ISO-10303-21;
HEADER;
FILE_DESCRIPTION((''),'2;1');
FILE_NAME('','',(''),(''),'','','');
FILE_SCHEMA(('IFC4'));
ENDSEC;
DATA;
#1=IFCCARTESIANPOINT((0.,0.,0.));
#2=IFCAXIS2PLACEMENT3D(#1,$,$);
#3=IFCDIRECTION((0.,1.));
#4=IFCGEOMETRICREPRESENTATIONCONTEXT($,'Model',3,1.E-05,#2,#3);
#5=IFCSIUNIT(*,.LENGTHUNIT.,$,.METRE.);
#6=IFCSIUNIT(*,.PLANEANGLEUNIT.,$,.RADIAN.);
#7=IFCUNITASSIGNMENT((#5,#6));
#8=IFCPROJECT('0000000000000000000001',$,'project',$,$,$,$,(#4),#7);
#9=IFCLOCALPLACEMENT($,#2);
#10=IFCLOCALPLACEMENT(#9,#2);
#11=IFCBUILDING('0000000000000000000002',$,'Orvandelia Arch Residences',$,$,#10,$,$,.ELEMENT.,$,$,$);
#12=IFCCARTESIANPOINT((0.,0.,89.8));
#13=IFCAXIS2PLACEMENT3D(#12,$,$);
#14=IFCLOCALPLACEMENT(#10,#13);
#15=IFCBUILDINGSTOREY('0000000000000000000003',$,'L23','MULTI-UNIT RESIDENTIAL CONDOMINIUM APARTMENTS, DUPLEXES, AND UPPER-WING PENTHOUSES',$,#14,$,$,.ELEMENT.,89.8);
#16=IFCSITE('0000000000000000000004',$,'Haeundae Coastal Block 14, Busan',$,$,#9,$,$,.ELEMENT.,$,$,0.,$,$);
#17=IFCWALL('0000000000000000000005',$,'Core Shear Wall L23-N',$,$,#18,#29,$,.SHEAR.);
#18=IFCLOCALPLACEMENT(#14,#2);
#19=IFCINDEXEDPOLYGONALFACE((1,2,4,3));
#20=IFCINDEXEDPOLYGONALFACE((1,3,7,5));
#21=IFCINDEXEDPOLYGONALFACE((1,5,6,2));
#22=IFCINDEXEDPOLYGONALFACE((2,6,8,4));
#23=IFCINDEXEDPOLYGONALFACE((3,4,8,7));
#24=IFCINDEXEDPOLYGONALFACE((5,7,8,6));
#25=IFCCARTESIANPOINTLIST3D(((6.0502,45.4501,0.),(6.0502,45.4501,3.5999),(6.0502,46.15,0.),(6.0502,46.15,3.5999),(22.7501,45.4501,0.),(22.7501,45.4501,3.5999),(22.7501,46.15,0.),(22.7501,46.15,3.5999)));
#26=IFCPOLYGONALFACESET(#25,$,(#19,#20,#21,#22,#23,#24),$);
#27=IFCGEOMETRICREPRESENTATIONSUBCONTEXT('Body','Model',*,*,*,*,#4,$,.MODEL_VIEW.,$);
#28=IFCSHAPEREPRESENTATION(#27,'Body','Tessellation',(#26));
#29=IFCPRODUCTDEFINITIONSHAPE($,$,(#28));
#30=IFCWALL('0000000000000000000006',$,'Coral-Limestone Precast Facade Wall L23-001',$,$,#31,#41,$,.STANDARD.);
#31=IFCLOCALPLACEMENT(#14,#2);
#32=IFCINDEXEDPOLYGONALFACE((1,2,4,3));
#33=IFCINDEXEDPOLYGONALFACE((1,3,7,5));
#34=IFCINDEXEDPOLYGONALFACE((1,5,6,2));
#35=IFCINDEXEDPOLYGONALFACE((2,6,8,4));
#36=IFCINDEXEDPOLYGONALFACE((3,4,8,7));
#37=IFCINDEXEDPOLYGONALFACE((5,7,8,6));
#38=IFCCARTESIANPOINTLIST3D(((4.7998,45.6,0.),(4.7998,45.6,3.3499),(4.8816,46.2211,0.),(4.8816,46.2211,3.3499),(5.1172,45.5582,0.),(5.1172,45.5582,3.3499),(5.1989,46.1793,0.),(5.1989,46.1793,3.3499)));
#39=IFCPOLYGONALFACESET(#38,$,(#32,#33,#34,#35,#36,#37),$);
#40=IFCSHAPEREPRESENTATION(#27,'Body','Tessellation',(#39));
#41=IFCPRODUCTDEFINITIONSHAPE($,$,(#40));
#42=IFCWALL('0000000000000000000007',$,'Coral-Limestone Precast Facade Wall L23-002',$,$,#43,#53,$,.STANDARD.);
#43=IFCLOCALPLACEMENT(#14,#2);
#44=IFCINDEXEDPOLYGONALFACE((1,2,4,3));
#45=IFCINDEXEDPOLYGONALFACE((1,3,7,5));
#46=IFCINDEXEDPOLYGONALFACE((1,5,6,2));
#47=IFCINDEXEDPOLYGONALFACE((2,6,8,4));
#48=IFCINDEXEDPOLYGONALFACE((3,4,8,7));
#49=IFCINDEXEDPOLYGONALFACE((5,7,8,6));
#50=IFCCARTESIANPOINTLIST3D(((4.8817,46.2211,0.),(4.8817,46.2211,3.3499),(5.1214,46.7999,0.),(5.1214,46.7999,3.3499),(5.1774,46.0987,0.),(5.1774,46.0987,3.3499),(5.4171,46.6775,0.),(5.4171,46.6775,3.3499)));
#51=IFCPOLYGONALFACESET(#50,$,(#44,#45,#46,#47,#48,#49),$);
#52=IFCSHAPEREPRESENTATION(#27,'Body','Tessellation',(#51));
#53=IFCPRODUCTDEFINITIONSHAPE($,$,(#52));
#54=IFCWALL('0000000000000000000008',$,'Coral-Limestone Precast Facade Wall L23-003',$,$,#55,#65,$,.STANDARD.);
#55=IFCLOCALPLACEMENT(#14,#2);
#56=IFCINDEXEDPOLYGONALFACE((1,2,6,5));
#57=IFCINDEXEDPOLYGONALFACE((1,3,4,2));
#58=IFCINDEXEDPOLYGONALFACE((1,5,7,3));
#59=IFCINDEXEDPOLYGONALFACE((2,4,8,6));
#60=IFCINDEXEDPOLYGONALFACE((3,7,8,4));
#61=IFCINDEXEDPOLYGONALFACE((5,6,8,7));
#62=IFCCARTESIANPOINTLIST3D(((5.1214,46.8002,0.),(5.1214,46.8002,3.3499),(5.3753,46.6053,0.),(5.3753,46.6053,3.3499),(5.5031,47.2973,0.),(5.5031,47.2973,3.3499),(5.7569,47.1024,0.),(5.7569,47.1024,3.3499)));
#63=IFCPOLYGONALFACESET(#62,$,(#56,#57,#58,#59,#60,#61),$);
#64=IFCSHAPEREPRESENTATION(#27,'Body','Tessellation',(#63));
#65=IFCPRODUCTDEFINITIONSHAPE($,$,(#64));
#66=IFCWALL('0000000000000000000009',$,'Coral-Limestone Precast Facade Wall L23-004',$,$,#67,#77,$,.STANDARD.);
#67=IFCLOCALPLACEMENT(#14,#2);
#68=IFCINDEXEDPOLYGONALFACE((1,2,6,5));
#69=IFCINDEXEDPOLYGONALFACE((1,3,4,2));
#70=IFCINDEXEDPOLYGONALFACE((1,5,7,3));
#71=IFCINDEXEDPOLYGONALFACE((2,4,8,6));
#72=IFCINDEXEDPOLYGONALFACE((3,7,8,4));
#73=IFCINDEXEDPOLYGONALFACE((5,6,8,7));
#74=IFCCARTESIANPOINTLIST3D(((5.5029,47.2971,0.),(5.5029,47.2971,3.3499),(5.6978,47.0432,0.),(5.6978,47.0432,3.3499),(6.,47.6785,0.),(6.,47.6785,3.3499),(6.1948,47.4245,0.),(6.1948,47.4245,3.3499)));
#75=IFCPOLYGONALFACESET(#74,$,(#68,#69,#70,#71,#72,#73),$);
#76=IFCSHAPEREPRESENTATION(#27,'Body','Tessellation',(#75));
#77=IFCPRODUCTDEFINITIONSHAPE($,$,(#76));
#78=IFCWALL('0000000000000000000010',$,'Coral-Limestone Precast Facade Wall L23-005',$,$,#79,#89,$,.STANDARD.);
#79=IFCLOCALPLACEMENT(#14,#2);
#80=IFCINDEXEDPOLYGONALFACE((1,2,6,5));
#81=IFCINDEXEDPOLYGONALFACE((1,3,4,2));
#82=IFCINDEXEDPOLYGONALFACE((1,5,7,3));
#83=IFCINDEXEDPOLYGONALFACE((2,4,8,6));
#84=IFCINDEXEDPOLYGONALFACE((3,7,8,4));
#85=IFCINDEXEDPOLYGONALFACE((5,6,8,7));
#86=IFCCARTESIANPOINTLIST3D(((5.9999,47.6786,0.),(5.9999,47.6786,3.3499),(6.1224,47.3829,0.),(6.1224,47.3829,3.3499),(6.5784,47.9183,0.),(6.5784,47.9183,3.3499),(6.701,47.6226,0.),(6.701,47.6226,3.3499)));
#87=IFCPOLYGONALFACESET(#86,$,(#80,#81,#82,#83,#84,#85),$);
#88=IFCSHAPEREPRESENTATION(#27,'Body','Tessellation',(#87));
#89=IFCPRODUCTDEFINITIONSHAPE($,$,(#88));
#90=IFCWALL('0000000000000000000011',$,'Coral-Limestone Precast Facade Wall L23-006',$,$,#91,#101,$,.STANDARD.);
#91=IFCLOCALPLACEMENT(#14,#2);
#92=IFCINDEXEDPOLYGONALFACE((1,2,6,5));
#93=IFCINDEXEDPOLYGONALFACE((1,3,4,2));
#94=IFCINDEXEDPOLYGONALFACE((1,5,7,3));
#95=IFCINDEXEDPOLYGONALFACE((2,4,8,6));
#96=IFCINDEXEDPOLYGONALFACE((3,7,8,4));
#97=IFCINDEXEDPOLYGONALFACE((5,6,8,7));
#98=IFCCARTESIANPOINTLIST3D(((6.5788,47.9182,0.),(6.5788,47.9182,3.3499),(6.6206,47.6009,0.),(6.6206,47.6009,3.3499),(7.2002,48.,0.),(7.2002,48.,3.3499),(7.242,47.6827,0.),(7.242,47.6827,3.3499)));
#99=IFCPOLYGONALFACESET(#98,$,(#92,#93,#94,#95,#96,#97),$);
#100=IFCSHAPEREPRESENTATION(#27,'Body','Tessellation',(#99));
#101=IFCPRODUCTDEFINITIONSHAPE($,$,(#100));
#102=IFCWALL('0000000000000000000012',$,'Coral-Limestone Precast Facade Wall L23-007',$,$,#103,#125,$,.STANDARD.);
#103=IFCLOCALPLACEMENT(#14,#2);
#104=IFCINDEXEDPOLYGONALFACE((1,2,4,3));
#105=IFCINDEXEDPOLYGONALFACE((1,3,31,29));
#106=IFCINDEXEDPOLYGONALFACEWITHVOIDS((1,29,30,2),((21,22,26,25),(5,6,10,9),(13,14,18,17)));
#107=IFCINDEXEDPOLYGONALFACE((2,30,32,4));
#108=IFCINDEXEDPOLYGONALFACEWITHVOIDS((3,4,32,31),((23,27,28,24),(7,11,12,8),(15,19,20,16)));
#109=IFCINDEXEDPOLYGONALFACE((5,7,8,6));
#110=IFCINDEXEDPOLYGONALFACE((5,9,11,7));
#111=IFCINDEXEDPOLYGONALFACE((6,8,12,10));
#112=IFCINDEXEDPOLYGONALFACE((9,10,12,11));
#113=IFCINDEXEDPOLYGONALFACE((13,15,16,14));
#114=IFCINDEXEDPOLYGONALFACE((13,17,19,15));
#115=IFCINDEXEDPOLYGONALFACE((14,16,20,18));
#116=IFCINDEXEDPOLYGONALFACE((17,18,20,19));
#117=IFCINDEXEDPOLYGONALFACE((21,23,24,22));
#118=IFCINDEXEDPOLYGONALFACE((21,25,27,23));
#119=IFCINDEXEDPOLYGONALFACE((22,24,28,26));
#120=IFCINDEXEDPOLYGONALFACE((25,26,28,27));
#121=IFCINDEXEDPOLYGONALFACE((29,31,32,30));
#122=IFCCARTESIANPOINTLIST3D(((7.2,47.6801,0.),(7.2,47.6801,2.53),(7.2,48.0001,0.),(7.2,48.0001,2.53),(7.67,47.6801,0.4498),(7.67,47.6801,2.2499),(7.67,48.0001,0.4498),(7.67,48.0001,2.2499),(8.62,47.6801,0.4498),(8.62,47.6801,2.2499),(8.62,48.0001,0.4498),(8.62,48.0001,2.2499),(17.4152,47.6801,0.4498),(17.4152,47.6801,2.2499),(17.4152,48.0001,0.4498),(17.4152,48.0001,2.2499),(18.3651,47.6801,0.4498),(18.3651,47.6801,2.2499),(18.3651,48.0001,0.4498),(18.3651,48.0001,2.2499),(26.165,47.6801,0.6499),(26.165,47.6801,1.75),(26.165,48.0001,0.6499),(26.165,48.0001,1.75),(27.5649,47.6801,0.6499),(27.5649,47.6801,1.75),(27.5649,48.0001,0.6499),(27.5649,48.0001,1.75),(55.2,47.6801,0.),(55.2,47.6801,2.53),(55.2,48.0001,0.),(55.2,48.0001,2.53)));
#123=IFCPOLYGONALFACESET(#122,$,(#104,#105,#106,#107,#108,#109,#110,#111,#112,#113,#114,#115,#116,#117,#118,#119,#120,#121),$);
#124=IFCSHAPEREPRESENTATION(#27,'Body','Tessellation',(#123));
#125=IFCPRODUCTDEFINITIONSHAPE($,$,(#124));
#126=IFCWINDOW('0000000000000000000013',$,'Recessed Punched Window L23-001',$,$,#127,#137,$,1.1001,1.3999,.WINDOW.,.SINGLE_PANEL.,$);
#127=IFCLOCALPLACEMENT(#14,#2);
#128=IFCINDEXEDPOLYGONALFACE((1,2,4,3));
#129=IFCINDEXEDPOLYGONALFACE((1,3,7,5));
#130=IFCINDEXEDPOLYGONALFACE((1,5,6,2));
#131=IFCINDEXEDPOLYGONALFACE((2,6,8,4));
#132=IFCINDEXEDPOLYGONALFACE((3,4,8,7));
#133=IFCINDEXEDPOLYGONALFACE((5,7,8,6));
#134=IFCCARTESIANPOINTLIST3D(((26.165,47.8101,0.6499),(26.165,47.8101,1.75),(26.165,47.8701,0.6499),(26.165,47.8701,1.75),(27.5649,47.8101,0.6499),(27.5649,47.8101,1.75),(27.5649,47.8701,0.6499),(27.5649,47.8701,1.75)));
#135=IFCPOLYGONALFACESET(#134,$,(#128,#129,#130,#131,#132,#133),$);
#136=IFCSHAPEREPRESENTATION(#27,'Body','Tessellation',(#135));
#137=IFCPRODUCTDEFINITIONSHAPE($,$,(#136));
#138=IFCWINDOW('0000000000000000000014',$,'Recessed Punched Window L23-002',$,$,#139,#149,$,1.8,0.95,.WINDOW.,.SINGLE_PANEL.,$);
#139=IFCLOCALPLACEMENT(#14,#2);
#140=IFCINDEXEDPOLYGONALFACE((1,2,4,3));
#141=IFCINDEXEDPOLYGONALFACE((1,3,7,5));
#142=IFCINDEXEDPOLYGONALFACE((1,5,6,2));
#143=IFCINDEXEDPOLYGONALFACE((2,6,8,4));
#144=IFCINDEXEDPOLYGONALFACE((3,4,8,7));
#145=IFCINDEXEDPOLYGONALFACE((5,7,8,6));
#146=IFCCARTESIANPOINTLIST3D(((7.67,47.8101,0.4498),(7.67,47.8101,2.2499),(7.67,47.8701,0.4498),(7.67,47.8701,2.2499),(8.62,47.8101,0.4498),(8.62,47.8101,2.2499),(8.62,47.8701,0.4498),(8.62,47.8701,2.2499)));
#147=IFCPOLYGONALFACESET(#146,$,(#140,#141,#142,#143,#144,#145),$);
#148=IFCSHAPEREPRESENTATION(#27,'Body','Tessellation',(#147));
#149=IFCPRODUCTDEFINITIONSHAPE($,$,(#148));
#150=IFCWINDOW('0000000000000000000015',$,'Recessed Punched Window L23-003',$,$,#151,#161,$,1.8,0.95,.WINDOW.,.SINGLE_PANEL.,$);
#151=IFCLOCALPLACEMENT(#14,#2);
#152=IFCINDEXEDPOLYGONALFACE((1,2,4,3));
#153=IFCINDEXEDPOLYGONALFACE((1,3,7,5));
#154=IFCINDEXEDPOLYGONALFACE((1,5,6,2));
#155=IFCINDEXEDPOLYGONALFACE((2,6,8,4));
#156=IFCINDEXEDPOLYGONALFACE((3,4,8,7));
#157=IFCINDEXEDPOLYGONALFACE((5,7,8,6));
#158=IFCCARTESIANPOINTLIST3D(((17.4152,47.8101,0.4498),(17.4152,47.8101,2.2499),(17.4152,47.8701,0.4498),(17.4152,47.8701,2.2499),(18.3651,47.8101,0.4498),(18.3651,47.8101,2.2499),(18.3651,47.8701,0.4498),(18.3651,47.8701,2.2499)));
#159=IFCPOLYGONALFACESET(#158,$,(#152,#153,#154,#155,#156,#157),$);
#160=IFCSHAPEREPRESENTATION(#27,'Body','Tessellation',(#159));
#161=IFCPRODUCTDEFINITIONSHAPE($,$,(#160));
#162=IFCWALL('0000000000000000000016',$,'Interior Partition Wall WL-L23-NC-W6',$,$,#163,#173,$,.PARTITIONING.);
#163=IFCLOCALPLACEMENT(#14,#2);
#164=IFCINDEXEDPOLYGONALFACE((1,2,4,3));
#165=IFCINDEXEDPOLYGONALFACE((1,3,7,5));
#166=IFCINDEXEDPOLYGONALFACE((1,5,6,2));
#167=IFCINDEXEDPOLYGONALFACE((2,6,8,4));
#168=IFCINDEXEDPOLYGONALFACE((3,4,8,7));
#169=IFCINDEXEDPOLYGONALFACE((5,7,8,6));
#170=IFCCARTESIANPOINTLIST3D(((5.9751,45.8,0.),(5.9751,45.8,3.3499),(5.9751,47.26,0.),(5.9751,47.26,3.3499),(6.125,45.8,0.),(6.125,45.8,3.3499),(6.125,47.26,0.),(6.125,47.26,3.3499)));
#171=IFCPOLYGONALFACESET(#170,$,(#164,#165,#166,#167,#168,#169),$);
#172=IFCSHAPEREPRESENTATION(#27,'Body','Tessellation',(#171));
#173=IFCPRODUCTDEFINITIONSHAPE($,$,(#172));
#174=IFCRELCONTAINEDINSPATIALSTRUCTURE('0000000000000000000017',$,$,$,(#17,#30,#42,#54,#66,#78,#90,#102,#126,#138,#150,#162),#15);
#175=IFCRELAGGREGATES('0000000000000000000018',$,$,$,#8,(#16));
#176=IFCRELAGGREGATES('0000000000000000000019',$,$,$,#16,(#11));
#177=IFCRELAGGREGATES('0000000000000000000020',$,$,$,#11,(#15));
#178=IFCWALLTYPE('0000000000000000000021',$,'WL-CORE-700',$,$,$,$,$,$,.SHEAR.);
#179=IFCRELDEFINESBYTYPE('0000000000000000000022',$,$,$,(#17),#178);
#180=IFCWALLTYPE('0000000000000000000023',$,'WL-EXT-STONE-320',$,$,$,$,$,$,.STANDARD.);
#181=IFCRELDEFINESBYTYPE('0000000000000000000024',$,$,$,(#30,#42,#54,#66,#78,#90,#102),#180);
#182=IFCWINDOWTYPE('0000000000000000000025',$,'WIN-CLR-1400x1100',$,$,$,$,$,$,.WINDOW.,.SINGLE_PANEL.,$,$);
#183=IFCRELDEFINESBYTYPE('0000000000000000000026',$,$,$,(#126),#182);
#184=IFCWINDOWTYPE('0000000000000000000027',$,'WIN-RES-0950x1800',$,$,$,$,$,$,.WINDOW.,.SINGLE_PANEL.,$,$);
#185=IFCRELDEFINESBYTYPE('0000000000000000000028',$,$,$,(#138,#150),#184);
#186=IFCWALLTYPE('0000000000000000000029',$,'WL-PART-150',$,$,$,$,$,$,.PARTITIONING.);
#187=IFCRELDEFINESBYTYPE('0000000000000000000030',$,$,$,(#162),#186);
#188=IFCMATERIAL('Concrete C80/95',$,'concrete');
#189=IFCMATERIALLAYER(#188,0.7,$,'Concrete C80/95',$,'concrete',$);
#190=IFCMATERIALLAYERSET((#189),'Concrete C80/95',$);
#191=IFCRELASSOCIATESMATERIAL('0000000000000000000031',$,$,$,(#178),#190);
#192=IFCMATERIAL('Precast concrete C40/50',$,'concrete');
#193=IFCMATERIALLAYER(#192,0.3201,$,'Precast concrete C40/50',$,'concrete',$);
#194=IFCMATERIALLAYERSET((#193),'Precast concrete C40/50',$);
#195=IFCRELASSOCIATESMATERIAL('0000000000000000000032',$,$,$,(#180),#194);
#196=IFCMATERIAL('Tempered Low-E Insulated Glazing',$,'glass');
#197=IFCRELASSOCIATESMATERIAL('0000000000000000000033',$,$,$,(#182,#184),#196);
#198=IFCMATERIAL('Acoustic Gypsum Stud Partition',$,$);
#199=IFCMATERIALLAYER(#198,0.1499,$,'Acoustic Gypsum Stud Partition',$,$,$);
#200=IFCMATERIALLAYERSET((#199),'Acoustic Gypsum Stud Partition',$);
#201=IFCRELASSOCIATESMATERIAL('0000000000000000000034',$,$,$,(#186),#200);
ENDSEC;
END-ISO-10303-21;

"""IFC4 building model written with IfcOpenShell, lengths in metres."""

from ifc_helpers import new_model, si_unit, direction, frame, frame_2d, origin, place, context, subcontext, project, spatial, rectangle, extrude, material, layer, layer_set, type_object, element, fill, save


model = new_model("IFC4")

# Units and contexts
model_context = context("Model", 3, precision=1e-05, world=origin(), true_north=direction((0.0, 1.0)))
body_context = subcontext(model_context, "Body", "Model", "MODEL_VIEW")
ifc_project = project(units=[si_unit("LENGTHUNIT", "METRE"), si_unit("PLANEANGLEUNIT", "RADIAN")], contexts=[model_context])

# Site, building, storey
site_placement = place(None, origin())
site = spatial("IfcSite", under=ifc_project, at=site_placement, Name="Haeundae Coastal Block 14, Busan", CompositionType="ELEMENT", RefElevation=0.0)
building_placement = place(site_placement, origin())
building = spatial("IfcBuilding", under=site, at=building_placement, Name="Orvandelia Arch Residences", CompositionType="ELEMENT")
storey_placement = place(building_placement, frame((0.0, 0.0, 89.8)))
storey = spatial("IfcBuildingStorey", under=building, at=storey_placement, Name="L23", Description="MULTI-UNIT RESIDENTIAL CONDOMINIUM APARTMENTS, DUPLEXES, AND UPPER-WING PENTHOUSES", CompositionType="ELEMENT", Elevation=89.8)

# Shared definitions
ifc_material_1 = material(Name="Concrete C80/95", Category="concrete")

# Walls
ifc_layer_1 = layer(ifc_material_1, 0.7, Name="Concrete C80/95", Category="concrete")
ifc_layer_set_1 = layer_set([ifc_layer_1], Name="Concrete C80/95")
wall_type_1 = type_object("IfcWallType", Name="WL-CORE-700", PredefinedType="SHEAR", material=ifc_layer_set_1)
wall_1_placement = place(storey_placement, frame((6.05, 45.8, 0.0), z_axis=(0.0, 0.0, 1.0), x_axis=(1.0, 0.0, 0.0)))
element("IfcWall", 1, at=wall_1_placement, inside=storey, type_object=wall_type_1, Name="Core Shear Wall L23-N", PredefinedType="SHEAR", context=body_context, shape_type="SweptSolid", body=[
    extrude(rectangle(XDim=16.7, YDim=0.7, at=frame_2d((8.3501, 0.0))), origin(), (0.0, 0.0, 1.0), 3.5999),
])
ifc_material_2 = material(Name="Precast concrete C40/50", Category="concrete")
ifc_layer_2 = layer(ifc_material_2, 0.3201, Name="Precast concrete C40/50", Category="concrete")
ifc_layer_set_2 = layer_set([ifc_layer_2], Name="Precast concrete C40/50")
wall_type_2 = type_object("IfcWallType", Name="WL-EXT-STONE-320", PredefinedType="STANDARD", material=ifc_layer_set_2)
for number, where, z_axis, x_axis, name in (
    (2, (4.9585, 45.5791, 0.0), (0.0, 0.0, 1.0), (0.130555, 0.991441, 0.0), "Coral-Limestone Precast Facade Wall L23-001"),
    (3, (5.0295, 46.1599, 0.0), (0.0, 0.0, 1.0), (0.38265, 0.923893, 0.0), "Coral-Limestone Precast Facade Wall L23-002"),
):
    element("IfcWall", number, at=place(storey_placement, frame(where, z_axis=z_axis, x_axis=x_axis)), inside=storey, type_object=wall_type_2, Name=name, PredefinedType="STANDARD", context=body_context, shape_type="SweptSolid", body=[
        extrude(rectangle(XDim=0.6265, YDim=0.3201, at=frame_2d((0.3132, 0.0))), origin(), (0.0, 0.0, 1.0), 3.3499),
    ])
wall_2_placement = place(storey_placement, frame((5.2483, 46.7026, 0.0), z_axis=(0.0, 0.0, 1.0), x_axis=(0.608939, 0.793217, 0.0)))
element("IfcWall", 4, at=wall_2_placement, inside=storey, type_object=wall_type_2, Name="Coral-Limestone Precast Facade Wall L23-003", PredefinedType="STANDARD", context=body_context, shape_type="SweptSolid", body=[
    extrude(rectangle(XDim=0.6267, YDim=0.3201, at=frame_2d((0.3135, 0.0))), origin(), (0.0, 0.0, 1.0), 3.3499),
])
wall_3_placement = place(storey_placement, frame((5.6003, 47.1702, 0.0), z_axis=(0.0, 0.0, 1.0), x_axis=(0.793406, 0.608693, 0.0)))
element("IfcWall", 5, at=wall_3_placement, inside=storey, type_object=wall_type_2, Name="Coral-Limestone Precast Facade Wall L23-004", PredefinedType="STANDARD", context=body_context, shape_type="SweptSolid", body=[
    extrude(rectangle(XDim=0.6265, YDim=0.3201, at=frame_2d((0.3132, 0.0))), origin(), (0.0, 0.0, 1.0), 3.3499),
])
wall_4_placement = place(storey_placement, frame((6.0613, 47.5308, 0.0), z_axis=(0.0, 0.0, 1.0), x_axis=(0.923836, 0.382788, 0.0)))
element("IfcWall", 6, at=wall_4_placement, inside=storey, type_object=wall_type_2, Name="Coral-Limestone Precast Facade Wall L23-005", PredefinedType="STANDARD", context=body_context, shape_type="SweptSolid", body=[
    extrude(rectangle(XDim=0.6262, YDim=0.3201, at=frame_2d((0.313, 0.0))), origin(), (0.0, 0.0, 1.0), 3.3499),
])
wall_5_placement = place(storey_placement, frame((6.5996, 47.7595, 0.0), z_axis=(0.0, 0.0, 1.0), x_axis=(0.991448, 0.130505, 0.0)))
element("IfcWall", 7, at=wall_5_placement, inside=storey, type_object=wall_type_2, Name="Coral-Limestone Precast Facade Wall L23-006", PredefinedType="STANDARD", context=body_context, shape_type="SweptSolid", body=[
    extrude(rectangle(XDim=0.6267, YDim=0.3201, at=frame_2d((0.3135, 0.0))), origin(), (0.0, 0.0, 1.0), 3.3499),
])

# Wall, openings, windows
wall_6_placement = place(storey_placement, frame((7.2, 47.8401, 0.0), z_axis=(0.0, 0.0, 1.0), x_axis=(1.0, 0.0, 0.0)))
wall_6 = element("IfcWall", 8, at=wall_6_placement, inside=storey, type_object=wall_type_2, Name="Coral-Limestone Precast Facade Wall L23-007", PredefinedType="STANDARD", context=body_context, shape_type="SweptSolid", body=[
    extrude(rectangle(XDim=48.0, YDim=0.3201, at=frame_2d((24.0, 0.0))), origin(), (0.0, 0.0, 1.0), 2.53),
])
opening_1_placement = place(wall_6_placement, frame((18.9651, 0.0, 0.6499)))
opening_1 = element("IfcOpeningElement", 9, at=opening_1_placement, cuts=wall_6, PredefinedType="OPENING", context=body_context, shape_type="SweptSolid", body=[
    extrude(rectangle(XDim=1.3999, YDim=1.1001, at=frame_2d((0.7, 0.55))), frame((0.0, 0.1699, 0.0), z_axis=(0.0, -1.0, 0.0), x_axis=(1.0, 0.0, 0.0)), (0.0, 0.0, 1.0), 0.3401),
])
opening_2_placement = place(wall_6_placement, frame((0.47, 0.0, 0.45)))
opening_2 = element("IfcOpeningElement", 10, at=opening_2_placement, cuts=wall_6, PredefinedType="OPENING", context=body_context, shape_type="SweptSolid", body=[
    extrude(rectangle(XDim=0.95, YDim=1.8, at=frame_2d((0.4751, 0.8999))), frame((0.0, 0.1699, 0.0), z_axis=(0.0, -1.0, 0.0), x_axis=(1.0, 0.0, 0.0)), (0.0, 0.0, 1.0), 0.3401),
])
opening_3_placement = place(wall_6_placement, frame((10.2151, 0.0, 0.45)))
opening_3 = element("IfcOpeningElement", 11, at=opening_3_placement, cuts=wall_6, PredefinedType="OPENING", context=body_context, shape_type="SweptSolid", body=[
    extrude(rectangle(XDim=0.95, YDim=1.8, at=frame_2d((0.4751, 0.8999))), frame((0.0, 0.1699, 0.0), z_axis=(0.0, -1.0, 0.0), x_axis=(1.0, 0.0, 0.0)), (0.0, 0.0, 1.0), 0.3401),
])
ifc_material_3 = material(Name="Tempered Low-E Insulated Glazing", Category="glass")
window_type_1 = type_object("IfcWindowType", Name="WIN-CLR-1400x1100", PartitioningType="SINGLE_PANEL", PredefinedType="WINDOW", material=ifc_material_3)
window_1_placement = place(opening_1_placement, origin())
window_1 = element("IfcWindow", 12, at=window_1_placement, inside=storey, type_object=window_type_1, Name="Recessed Punched Window L23-001", OverallHeight=1.1001, OverallWidth=1.3999, PartitioningType="SINGLE_PANEL", PredefinedType="WINDOW", context=body_context, shape_type="SweptSolid", body=[
    extrude(rectangle(XDim=1.3999, YDim=1.1001, at=frame_2d((0.7, 0.55))), frame((0.0, 0.03, 0.0), z_axis=(0.0, -1.0, 0.0), x_axis=(1.0, 0.0, 0.0)), (0.0, 0.0, 1.0), 0.0601),
])
fill(opening_1, window_1)
window_type_2 = type_object("IfcWindowType", Name="WIN-RES-0950x1800", PartitioningType="SINGLE_PANEL", PredefinedType="WINDOW", material=ifc_material_3)
window_2_placement = place(opening_2_placement, origin())
window_2 = element("IfcWindow", 13, at=window_2_placement, inside=storey, type_object=window_type_2, Name="Recessed Punched Window L23-002", OverallHeight=1.8, OverallWidth=0.95, PartitioningType="SINGLE_PANEL", PredefinedType="WINDOW", context=body_context, shape_type="SweptSolid", body=[
    extrude(rectangle(XDim=0.95, YDim=1.8, at=frame_2d((0.4751, 0.8999))), frame((0.0, 0.03, 0.0), z_axis=(0.0, -1.0, 0.0), x_axis=(1.0, 0.0, 0.0)), (0.0, 0.0, 1.0), 0.0601),
])
fill(opening_2, window_2)
window_3_placement = place(opening_3_placement, origin())
window_3 = element("IfcWindow", 14, at=window_3_placement, inside=storey, type_object=window_type_2, Name="Recessed Punched Window L23-003", OverallHeight=1.8, OverallWidth=0.95, PartitioningType="SINGLE_PANEL", PredefinedType="WINDOW", context=body_context, shape_type="SweptSolid", body=[
    extrude(rectangle(XDim=0.95, YDim=1.8, at=frame_2d((0.4751, 0.8999))), frame((0.0, 0.03, 0.0), z_axis=(0.0, -1.0, 0.0), x_axis=(1.0, 0.0, 0.0)), (0.0, 0.0, 1.0), 0.0601),
])
fill(opening_3, window_3)

# Wall
ifc_material_4 = material(Name="Acoustic Gypsum Stud Partition")
ifc_layer_3 = layer(ifc_material_4, 0.1499, Name="Acoustic Gypsum Stud Partition")
ifc_layer_set_3 = layer_set([ifc_layer_3], Name="Acoustic Gypsum Stud Partition")
wall_type_3 = type_object("IfcWallType", Name="WL-PART-150", PredefinedType="PARTITIONING", material=ifc_layer_set_3)
wall_7_placement = place(storey_placement, frame((6.05, 45.8, 0.0), z_axis=(0.0, 0.0, 1.0), x_axis=(0.0, 1.0, 0.0)))
element("IfcWall", 15, at=wall_7_placement, inside=storey, type_object=wall_type_3, Name="Interior Partition Wall WL-L23-NC-W6", PredefinedType="PARTITIONING", context=body_context, shape_type="SweptSolid", body=[
    extrude(rectangle(XDim=1.46, YDim=0.1499, at=frame_2d((0.73, 0.0))), origin(), (0.0, 0.0, 1.0), 3.3499),
])

save(model, "model.ifc")
